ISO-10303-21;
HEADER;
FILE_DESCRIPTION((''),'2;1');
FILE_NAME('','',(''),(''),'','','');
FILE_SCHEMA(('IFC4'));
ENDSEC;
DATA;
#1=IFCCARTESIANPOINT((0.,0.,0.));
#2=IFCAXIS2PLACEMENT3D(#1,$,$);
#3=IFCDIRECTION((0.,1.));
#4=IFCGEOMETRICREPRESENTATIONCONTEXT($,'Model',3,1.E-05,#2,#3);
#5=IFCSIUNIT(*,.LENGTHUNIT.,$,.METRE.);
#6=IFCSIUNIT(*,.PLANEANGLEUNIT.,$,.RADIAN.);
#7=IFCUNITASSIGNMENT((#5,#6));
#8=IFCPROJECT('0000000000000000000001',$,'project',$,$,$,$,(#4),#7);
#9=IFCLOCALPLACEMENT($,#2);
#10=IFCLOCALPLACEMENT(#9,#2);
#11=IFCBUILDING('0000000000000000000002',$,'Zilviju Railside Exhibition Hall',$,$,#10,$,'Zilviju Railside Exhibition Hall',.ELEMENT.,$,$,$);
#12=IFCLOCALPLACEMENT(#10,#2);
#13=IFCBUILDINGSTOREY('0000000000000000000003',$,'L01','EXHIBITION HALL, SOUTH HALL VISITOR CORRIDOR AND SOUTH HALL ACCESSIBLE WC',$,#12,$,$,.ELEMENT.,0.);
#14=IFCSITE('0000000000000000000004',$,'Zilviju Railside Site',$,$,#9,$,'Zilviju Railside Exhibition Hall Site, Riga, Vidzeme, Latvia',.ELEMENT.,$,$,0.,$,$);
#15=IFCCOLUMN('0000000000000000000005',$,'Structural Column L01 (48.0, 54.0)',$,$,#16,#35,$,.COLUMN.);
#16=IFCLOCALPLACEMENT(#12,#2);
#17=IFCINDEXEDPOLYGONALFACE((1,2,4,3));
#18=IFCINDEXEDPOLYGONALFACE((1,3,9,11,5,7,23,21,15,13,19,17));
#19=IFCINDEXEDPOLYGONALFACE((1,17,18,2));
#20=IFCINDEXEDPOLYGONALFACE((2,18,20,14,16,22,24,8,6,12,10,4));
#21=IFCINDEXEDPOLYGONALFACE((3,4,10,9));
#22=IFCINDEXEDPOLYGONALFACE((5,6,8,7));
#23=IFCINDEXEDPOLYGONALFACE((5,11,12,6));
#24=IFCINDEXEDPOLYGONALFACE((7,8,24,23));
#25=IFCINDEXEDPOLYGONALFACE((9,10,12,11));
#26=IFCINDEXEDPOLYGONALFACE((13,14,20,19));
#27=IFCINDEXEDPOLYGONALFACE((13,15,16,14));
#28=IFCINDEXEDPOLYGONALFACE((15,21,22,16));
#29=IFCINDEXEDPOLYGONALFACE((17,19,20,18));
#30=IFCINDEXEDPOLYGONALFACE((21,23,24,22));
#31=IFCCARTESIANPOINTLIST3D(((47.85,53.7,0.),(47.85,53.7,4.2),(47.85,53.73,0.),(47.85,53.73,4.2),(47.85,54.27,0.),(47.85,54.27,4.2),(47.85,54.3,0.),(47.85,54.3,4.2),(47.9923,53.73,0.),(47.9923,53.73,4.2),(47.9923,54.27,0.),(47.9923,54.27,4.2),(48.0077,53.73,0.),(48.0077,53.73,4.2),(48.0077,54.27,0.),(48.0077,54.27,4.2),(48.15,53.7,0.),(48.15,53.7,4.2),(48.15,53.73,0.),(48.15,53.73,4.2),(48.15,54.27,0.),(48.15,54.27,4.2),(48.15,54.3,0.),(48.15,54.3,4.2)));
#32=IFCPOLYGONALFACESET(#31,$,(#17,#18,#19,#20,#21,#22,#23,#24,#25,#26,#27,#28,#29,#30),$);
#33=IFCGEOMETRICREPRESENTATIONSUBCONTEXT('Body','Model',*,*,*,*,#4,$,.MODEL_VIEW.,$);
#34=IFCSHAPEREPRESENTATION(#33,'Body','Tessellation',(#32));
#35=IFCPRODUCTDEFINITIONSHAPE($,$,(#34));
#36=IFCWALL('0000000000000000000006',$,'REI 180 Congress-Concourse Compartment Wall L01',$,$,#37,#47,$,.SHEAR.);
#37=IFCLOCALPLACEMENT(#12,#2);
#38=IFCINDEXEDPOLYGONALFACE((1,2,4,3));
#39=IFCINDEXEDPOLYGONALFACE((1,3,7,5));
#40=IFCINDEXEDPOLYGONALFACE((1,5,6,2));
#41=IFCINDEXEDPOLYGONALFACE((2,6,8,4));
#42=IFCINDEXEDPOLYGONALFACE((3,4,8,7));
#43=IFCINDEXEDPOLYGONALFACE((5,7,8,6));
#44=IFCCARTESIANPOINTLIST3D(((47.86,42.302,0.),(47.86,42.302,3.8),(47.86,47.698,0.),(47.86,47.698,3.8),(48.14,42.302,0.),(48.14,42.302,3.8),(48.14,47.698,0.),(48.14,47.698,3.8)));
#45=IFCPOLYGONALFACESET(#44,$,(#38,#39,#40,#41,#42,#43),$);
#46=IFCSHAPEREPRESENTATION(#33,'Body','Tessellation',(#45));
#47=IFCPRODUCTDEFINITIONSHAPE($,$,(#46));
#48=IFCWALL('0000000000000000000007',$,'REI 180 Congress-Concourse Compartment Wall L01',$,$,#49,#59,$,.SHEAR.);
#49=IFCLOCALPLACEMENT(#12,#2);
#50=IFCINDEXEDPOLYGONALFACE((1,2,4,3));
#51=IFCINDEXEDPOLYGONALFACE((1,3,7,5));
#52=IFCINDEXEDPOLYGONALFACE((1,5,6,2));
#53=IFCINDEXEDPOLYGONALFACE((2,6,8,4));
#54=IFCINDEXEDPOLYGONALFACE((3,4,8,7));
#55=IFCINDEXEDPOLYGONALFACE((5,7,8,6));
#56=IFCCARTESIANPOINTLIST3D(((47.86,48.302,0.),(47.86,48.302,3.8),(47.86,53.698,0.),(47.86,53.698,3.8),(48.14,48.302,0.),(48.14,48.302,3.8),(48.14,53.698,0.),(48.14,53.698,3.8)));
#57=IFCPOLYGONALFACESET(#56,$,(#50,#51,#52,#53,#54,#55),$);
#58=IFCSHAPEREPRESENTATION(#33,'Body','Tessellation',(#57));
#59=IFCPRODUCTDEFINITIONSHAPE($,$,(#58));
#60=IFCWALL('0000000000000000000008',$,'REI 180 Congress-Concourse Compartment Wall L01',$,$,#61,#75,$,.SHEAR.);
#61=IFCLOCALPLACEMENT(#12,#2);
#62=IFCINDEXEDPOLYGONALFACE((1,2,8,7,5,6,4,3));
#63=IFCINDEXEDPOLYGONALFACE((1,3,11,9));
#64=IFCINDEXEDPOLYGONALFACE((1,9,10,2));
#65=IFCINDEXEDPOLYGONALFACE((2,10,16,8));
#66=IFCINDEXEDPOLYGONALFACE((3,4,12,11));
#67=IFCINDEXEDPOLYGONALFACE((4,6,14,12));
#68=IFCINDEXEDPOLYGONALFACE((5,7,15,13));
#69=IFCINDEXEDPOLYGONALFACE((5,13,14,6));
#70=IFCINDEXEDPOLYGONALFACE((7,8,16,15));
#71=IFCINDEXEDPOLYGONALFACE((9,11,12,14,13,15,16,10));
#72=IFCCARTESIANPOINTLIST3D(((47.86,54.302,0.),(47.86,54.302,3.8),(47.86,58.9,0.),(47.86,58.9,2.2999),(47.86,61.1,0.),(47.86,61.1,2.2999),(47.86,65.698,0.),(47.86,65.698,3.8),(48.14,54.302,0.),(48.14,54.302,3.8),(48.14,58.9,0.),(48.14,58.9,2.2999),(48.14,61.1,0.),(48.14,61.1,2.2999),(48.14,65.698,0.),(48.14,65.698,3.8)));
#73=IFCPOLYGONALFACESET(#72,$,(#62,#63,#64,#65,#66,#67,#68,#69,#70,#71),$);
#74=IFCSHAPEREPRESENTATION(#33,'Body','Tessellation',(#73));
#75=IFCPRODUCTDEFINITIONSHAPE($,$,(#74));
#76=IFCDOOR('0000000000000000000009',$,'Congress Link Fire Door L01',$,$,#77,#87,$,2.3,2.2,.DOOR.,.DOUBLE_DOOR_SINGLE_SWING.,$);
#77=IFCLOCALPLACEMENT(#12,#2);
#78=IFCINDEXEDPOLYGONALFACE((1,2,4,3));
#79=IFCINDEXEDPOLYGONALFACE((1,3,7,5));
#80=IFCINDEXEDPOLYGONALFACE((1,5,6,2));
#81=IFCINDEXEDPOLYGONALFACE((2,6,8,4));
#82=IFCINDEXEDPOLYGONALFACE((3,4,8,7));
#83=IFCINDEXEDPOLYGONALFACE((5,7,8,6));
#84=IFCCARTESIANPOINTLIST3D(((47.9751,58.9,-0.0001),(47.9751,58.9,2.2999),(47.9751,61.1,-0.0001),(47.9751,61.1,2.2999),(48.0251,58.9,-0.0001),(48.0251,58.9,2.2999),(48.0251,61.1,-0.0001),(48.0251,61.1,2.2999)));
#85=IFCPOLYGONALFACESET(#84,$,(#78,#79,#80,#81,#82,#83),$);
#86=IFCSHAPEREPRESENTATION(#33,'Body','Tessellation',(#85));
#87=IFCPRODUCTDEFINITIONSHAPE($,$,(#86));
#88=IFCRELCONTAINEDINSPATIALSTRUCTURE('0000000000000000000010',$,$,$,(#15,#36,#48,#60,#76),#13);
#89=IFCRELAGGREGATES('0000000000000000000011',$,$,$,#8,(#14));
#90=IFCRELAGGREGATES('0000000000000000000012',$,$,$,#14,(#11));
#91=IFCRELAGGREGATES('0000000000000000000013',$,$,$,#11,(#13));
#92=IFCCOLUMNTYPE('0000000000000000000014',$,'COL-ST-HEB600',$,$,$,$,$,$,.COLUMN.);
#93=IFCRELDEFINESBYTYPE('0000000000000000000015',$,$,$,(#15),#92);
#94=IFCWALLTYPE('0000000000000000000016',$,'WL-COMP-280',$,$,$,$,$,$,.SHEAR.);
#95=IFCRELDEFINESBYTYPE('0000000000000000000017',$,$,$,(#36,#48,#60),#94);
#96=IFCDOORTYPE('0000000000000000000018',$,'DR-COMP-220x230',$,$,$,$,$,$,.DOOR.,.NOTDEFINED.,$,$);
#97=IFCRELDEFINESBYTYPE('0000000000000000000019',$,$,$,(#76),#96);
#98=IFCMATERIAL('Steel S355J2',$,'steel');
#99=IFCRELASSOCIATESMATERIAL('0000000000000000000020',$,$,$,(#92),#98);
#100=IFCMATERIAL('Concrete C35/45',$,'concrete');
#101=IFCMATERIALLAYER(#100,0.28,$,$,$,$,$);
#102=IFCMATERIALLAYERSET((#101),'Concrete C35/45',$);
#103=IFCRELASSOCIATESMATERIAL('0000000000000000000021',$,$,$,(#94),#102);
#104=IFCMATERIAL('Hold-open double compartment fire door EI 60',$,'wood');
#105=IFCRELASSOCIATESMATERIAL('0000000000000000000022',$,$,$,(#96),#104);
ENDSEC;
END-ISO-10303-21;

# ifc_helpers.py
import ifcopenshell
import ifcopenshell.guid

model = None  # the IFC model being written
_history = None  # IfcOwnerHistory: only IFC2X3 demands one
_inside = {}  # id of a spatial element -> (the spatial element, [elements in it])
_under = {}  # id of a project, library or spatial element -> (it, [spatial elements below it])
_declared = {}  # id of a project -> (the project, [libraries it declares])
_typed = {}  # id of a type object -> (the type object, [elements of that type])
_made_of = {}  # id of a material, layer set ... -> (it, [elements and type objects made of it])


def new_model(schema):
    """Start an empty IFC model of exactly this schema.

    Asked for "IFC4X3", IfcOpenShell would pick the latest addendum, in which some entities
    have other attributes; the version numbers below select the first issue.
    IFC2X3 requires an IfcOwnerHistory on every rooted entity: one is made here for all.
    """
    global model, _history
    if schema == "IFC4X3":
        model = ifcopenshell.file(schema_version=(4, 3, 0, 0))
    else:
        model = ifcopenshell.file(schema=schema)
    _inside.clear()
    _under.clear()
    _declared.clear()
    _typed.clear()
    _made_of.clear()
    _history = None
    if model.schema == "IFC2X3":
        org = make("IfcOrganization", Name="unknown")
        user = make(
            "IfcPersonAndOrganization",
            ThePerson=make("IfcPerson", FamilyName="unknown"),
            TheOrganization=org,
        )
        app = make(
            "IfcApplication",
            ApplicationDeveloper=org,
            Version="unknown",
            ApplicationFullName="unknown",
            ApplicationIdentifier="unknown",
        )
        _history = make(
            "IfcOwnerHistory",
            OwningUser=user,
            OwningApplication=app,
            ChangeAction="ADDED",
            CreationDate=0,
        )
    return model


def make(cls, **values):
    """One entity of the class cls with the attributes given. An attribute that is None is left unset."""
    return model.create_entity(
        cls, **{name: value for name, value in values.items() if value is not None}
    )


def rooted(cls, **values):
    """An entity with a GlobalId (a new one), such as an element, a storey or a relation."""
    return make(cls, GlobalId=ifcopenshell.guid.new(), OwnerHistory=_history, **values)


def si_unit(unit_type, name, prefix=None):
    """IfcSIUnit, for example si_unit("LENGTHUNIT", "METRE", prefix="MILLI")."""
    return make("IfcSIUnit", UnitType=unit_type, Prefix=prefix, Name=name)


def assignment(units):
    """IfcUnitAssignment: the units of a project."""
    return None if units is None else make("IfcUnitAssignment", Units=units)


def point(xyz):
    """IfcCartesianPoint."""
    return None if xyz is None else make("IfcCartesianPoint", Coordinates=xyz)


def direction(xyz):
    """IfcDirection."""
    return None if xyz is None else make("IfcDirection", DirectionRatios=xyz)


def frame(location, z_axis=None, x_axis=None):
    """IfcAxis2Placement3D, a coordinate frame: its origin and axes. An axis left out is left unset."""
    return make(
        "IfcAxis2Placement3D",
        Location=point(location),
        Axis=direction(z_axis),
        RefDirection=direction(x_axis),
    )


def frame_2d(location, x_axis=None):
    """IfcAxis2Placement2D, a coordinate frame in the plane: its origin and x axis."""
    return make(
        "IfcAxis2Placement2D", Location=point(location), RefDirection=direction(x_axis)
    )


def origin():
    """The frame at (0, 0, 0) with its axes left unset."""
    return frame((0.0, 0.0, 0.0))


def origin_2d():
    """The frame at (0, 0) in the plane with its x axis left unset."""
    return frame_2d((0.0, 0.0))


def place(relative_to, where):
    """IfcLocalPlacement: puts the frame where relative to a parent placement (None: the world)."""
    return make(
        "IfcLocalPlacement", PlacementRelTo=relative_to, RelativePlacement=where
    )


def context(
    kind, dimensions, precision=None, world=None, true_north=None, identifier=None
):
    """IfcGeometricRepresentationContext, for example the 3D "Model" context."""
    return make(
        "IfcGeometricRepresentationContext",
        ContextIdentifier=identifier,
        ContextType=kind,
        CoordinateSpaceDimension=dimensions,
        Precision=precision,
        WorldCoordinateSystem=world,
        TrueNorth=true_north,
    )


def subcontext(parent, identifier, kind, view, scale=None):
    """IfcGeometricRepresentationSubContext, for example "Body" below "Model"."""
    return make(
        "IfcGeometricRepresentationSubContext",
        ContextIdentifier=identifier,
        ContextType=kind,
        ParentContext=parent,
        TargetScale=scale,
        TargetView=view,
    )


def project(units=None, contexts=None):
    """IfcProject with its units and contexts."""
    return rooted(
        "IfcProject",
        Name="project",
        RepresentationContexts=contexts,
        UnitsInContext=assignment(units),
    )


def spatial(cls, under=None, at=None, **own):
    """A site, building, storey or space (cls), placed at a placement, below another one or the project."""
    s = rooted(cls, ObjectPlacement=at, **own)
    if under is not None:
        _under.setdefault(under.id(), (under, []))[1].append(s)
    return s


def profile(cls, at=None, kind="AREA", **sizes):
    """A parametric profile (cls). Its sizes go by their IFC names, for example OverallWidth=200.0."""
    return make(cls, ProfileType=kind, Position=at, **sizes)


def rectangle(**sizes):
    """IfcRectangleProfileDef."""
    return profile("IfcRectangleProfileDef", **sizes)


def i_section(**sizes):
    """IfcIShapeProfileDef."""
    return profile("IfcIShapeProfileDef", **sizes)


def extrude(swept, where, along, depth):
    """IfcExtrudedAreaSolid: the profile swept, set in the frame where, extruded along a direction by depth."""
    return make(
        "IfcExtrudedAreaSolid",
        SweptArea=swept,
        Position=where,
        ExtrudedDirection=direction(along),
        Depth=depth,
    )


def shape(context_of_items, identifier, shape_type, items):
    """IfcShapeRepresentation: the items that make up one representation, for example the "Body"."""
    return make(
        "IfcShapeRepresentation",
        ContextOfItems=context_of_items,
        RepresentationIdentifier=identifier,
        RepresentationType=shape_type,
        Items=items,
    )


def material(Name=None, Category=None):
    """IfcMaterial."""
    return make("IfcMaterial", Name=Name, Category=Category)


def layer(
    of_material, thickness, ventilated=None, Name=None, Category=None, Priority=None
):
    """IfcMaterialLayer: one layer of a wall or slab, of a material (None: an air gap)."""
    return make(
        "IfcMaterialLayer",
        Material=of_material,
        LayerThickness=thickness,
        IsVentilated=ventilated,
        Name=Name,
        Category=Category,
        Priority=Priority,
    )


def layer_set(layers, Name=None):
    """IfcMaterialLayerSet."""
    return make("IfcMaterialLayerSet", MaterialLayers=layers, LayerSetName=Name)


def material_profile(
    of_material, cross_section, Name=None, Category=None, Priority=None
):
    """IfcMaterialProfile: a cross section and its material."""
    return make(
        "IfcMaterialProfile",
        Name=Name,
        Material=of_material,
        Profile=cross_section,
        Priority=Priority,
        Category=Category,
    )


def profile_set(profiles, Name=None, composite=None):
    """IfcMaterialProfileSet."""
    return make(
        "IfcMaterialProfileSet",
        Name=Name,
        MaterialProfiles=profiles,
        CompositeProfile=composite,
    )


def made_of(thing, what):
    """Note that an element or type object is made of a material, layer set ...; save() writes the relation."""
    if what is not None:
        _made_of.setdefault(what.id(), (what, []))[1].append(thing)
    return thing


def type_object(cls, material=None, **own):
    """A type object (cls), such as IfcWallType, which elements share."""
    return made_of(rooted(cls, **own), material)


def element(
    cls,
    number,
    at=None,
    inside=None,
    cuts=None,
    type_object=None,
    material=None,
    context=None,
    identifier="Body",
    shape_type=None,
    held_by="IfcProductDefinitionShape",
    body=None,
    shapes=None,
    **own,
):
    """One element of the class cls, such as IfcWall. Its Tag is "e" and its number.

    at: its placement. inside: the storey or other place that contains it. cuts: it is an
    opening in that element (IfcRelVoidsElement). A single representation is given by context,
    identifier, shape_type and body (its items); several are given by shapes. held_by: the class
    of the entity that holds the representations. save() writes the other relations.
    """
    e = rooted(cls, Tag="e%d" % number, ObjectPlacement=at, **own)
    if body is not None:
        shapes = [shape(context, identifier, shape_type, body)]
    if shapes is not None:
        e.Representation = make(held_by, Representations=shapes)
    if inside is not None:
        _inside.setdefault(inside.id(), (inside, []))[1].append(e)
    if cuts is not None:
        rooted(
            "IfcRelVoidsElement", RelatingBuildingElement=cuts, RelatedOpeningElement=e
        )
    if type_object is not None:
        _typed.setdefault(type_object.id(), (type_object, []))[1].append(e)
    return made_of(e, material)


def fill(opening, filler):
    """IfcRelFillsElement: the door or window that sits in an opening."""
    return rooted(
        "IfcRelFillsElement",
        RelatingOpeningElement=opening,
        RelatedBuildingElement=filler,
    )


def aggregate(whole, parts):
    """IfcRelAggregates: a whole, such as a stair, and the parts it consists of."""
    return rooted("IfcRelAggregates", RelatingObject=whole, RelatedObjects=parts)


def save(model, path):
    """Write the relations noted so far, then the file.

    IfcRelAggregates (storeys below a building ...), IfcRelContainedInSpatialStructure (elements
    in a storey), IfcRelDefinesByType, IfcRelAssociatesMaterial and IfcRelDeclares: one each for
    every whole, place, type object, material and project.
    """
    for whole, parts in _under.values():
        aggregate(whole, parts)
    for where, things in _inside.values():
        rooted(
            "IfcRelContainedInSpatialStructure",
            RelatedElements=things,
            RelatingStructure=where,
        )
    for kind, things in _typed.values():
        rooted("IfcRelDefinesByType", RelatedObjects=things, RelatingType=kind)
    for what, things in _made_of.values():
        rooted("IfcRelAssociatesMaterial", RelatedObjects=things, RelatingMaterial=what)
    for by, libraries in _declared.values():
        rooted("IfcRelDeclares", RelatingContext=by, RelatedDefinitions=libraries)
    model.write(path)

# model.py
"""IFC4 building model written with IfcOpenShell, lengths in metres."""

from ifc_helpers import new_model, si_unit, direction, frame, frame_2d, origin, origin_2d, place, context, subcontext, project, spatial, rectangle, i_section, extrude, material, layer, layer_set, material_profile, profile_set, type_object, element, fill, save


model = new_model("IFC4")

# Units and contexts
model_context = context("Model", 3, precision=1e-05, world=origin(), true_north=direction((0.0, 1.0)))
body_context = subcontext(model_context, "Body", "Model", "MODEL_VIEW")
ifc_project = project(units=[si_unit("LENGTHUNIT", "METRE"), si_unit("PLANEANGLEUNIT", "RADIAN")], contexts=[model_context])

# Site, building, storey
site_placement = place(None, origin())
site = spatial("IfcSite", under=ifc_project, at=site_placement, Name="Zilviju Railside Site", LongName="Zilviju Railside Exhibition Hall Site, Riga, Vidzeme, Latvia", CompositionType="ELEMENT", RefElevation=0.0)
building_placement = place(site_placement, origin())
building = spatial("IfcBuilding", under=site, at=building_placement, Name="Zilviju Railside Exhibition Hall", LongName="Zilviju Railside Exhibition Hall", CompositionType="ELEMENT")
storey_placement = place(building_placement, origin())
storey = spatial("IfcBuildingStorey", under=building, at=storey_placement, Name="L01", Description="EXHIBITION HALL, SOUTH HALL VISITOR CORRIDOR AND SOUTH HALL ACCESSIBLE WC", CompositionType="ELEMENT", Elevation=0.0)

# Shared definitions
ifc_material_1 = material(Name="Concrete C35/45", Category="concrete")

# Column
ifc_material_2 = material(Name="Steel S355J2", Category="steel")
ifc_material_profile_1 = material_profile(ifc_material_2, i_section(OverallWidth=0.3, OverallDepth=0.6001, WebThickness=0.0154, FlangeThickness=0.03, at=origin_2d()), Name="HEB 600")
ifc_profile_set_1 = profile_set([ifc_material_profile_1], Name="Steel S355J2")
column_type = type_object("IfcColumnType", Name="COL-ST-HEB600", PredefinedType="COLUMN", material=ifc_profile_set_1)
for number, where, z_axis, x_axis, name in (
    (1, (48.0, 54.0, 0.0), (0.0, 0.0, 1.0), (1.0, 0.0, 0.0), "Structural Column L01 (48.0, 54.0)"),
):
    element("IfcColumn", number, at=place(storey_placement, frame(where, z_axis=z_axis, x_axis=x_axis)), inside=storey, type_object=column_type, Name=name, PredefinedType="COLUMN", context=body_context, shape_type="SweptSolid", body=[
        extrude(i_section(OverallWidth=0.3, OverallDepth=0.6001, WebThickness=0.0154, FlangeThickness=0.03, at=origin_2d()), origin(), (0.0, 0.0, 1.0), 4.2),
    ])

# Walls
ifc_layer = layer(ifc_material_1, 0.28)
ifc_layer_set = layer_set([ifc_layer], Name="Concrete C35/45")
wall_type = type_object("IfcWallType", Name="WL-COMP-280", PredefinedType="SHEAR", material=ifc_layer_set)
for number, where, z_axis, x_axis, name in (
    (2, (48.0, 42.302, 0.0), (0.0, 0.0, 1.0), (0.0, 1.0, 0.0), "REI 180 Congress-Concourse Compartment Wall L01"),
    (3, (48.0, 48.302, 0.0), (0.0, 0.0, 1.0), (0.0, 1.0, 0.0), "REI 180 Congress-Concourse Compartment Wall L01"),
):
    element("IfcWall", number, at=place(storey_placement, frame(where, z_axis=z_axis, x_axis=x_axis)), inside=storey, type_object=wall_type, Name=name, PredefinedType="SHEAR", context=body_context, shape_type="SweptSolid", body=[
        extrude(rectangle(XDim=5.396, YDim=0.28, at=frame_2d((2.698, 0.0))), origin(), (0.0, 0.0, 1.0), 3.8),
    ])

# Wall, opening, door
wall_placement = place(storey_placement, frame((48.0, 54.302, 0.0), z_axis=(0.0, 0.0, 1.0), x_axis=(0.0, 1.0, 0.0)))
wall = element("IfcWall", 4, at=wall_placement, inside=storey, type_object=wall_type, Name="REI 180 Congress-Concourse Compartment Wall L01", PredefinedType="SHEAR", context=body_context, shape_type="SweptSolid", body=[
    extrude(rectangle(XDim=11.396, YDim=0.28, at=frame_2d((5.698, 0.0))), origin(), (0.0, 0.0, 1.0), 3.8),
])
opening_placement = place(wall_placement, frame((4.5979, 0.0, 0.0)))
opening = element("IfcOpeningElement", 5, at=opening_placement, cuts=wall, PredefinedType="OPENING", context=body_context, shape_type="SweptSolid", body=[
    extrude(rectangle(XDim=2.2, YDim=2.3, at=frame_2d((1.1001, 1.1499))), frame((0.0, 0.1499, 0.0), z_axis=(0.0, -1.0, 0.0), x_axis=(1.0, 0.0, 0.0)), (0.0, 0.0, 1.0), 0.3),
])
ifc_material_3 = material(Name="Hold-open double compartment fire door EI 60", Category="wood")
door_type = type_object("IfcDoorType", Name="DR-COMP-220x230", OperationType="NOTDEFINED", PredefinedType="DOOR", material=ifc_material_3)
door_placement = place(opening_placement, origin())
door = element("IfcDoor", 6, at=door_placement, inside=storey, type_object=door_type, Name="Congress Link Fire Door L01", OperationType="DOUBLE_DOOR_SINGLE_SWING", OverallHeight=2.3, OverallWidth=2.2, PredefinedType="DOOR", context=body_context, shape_type="SweptSolid", body=[
    extrude(rectangle(XDim=2.2, YDim=2.3, at=frame_2d((1.1001, 1.1499))), frame((0.0, 0.0249, 0.0), z_axis=(0.0, -1.0, 0.0), x_axis=(1.0, 0.0, 0.0)), (0.0, 0.0, 1.0), 0.05),
])
fill(opening, door)

save(model, "model.ifc")
